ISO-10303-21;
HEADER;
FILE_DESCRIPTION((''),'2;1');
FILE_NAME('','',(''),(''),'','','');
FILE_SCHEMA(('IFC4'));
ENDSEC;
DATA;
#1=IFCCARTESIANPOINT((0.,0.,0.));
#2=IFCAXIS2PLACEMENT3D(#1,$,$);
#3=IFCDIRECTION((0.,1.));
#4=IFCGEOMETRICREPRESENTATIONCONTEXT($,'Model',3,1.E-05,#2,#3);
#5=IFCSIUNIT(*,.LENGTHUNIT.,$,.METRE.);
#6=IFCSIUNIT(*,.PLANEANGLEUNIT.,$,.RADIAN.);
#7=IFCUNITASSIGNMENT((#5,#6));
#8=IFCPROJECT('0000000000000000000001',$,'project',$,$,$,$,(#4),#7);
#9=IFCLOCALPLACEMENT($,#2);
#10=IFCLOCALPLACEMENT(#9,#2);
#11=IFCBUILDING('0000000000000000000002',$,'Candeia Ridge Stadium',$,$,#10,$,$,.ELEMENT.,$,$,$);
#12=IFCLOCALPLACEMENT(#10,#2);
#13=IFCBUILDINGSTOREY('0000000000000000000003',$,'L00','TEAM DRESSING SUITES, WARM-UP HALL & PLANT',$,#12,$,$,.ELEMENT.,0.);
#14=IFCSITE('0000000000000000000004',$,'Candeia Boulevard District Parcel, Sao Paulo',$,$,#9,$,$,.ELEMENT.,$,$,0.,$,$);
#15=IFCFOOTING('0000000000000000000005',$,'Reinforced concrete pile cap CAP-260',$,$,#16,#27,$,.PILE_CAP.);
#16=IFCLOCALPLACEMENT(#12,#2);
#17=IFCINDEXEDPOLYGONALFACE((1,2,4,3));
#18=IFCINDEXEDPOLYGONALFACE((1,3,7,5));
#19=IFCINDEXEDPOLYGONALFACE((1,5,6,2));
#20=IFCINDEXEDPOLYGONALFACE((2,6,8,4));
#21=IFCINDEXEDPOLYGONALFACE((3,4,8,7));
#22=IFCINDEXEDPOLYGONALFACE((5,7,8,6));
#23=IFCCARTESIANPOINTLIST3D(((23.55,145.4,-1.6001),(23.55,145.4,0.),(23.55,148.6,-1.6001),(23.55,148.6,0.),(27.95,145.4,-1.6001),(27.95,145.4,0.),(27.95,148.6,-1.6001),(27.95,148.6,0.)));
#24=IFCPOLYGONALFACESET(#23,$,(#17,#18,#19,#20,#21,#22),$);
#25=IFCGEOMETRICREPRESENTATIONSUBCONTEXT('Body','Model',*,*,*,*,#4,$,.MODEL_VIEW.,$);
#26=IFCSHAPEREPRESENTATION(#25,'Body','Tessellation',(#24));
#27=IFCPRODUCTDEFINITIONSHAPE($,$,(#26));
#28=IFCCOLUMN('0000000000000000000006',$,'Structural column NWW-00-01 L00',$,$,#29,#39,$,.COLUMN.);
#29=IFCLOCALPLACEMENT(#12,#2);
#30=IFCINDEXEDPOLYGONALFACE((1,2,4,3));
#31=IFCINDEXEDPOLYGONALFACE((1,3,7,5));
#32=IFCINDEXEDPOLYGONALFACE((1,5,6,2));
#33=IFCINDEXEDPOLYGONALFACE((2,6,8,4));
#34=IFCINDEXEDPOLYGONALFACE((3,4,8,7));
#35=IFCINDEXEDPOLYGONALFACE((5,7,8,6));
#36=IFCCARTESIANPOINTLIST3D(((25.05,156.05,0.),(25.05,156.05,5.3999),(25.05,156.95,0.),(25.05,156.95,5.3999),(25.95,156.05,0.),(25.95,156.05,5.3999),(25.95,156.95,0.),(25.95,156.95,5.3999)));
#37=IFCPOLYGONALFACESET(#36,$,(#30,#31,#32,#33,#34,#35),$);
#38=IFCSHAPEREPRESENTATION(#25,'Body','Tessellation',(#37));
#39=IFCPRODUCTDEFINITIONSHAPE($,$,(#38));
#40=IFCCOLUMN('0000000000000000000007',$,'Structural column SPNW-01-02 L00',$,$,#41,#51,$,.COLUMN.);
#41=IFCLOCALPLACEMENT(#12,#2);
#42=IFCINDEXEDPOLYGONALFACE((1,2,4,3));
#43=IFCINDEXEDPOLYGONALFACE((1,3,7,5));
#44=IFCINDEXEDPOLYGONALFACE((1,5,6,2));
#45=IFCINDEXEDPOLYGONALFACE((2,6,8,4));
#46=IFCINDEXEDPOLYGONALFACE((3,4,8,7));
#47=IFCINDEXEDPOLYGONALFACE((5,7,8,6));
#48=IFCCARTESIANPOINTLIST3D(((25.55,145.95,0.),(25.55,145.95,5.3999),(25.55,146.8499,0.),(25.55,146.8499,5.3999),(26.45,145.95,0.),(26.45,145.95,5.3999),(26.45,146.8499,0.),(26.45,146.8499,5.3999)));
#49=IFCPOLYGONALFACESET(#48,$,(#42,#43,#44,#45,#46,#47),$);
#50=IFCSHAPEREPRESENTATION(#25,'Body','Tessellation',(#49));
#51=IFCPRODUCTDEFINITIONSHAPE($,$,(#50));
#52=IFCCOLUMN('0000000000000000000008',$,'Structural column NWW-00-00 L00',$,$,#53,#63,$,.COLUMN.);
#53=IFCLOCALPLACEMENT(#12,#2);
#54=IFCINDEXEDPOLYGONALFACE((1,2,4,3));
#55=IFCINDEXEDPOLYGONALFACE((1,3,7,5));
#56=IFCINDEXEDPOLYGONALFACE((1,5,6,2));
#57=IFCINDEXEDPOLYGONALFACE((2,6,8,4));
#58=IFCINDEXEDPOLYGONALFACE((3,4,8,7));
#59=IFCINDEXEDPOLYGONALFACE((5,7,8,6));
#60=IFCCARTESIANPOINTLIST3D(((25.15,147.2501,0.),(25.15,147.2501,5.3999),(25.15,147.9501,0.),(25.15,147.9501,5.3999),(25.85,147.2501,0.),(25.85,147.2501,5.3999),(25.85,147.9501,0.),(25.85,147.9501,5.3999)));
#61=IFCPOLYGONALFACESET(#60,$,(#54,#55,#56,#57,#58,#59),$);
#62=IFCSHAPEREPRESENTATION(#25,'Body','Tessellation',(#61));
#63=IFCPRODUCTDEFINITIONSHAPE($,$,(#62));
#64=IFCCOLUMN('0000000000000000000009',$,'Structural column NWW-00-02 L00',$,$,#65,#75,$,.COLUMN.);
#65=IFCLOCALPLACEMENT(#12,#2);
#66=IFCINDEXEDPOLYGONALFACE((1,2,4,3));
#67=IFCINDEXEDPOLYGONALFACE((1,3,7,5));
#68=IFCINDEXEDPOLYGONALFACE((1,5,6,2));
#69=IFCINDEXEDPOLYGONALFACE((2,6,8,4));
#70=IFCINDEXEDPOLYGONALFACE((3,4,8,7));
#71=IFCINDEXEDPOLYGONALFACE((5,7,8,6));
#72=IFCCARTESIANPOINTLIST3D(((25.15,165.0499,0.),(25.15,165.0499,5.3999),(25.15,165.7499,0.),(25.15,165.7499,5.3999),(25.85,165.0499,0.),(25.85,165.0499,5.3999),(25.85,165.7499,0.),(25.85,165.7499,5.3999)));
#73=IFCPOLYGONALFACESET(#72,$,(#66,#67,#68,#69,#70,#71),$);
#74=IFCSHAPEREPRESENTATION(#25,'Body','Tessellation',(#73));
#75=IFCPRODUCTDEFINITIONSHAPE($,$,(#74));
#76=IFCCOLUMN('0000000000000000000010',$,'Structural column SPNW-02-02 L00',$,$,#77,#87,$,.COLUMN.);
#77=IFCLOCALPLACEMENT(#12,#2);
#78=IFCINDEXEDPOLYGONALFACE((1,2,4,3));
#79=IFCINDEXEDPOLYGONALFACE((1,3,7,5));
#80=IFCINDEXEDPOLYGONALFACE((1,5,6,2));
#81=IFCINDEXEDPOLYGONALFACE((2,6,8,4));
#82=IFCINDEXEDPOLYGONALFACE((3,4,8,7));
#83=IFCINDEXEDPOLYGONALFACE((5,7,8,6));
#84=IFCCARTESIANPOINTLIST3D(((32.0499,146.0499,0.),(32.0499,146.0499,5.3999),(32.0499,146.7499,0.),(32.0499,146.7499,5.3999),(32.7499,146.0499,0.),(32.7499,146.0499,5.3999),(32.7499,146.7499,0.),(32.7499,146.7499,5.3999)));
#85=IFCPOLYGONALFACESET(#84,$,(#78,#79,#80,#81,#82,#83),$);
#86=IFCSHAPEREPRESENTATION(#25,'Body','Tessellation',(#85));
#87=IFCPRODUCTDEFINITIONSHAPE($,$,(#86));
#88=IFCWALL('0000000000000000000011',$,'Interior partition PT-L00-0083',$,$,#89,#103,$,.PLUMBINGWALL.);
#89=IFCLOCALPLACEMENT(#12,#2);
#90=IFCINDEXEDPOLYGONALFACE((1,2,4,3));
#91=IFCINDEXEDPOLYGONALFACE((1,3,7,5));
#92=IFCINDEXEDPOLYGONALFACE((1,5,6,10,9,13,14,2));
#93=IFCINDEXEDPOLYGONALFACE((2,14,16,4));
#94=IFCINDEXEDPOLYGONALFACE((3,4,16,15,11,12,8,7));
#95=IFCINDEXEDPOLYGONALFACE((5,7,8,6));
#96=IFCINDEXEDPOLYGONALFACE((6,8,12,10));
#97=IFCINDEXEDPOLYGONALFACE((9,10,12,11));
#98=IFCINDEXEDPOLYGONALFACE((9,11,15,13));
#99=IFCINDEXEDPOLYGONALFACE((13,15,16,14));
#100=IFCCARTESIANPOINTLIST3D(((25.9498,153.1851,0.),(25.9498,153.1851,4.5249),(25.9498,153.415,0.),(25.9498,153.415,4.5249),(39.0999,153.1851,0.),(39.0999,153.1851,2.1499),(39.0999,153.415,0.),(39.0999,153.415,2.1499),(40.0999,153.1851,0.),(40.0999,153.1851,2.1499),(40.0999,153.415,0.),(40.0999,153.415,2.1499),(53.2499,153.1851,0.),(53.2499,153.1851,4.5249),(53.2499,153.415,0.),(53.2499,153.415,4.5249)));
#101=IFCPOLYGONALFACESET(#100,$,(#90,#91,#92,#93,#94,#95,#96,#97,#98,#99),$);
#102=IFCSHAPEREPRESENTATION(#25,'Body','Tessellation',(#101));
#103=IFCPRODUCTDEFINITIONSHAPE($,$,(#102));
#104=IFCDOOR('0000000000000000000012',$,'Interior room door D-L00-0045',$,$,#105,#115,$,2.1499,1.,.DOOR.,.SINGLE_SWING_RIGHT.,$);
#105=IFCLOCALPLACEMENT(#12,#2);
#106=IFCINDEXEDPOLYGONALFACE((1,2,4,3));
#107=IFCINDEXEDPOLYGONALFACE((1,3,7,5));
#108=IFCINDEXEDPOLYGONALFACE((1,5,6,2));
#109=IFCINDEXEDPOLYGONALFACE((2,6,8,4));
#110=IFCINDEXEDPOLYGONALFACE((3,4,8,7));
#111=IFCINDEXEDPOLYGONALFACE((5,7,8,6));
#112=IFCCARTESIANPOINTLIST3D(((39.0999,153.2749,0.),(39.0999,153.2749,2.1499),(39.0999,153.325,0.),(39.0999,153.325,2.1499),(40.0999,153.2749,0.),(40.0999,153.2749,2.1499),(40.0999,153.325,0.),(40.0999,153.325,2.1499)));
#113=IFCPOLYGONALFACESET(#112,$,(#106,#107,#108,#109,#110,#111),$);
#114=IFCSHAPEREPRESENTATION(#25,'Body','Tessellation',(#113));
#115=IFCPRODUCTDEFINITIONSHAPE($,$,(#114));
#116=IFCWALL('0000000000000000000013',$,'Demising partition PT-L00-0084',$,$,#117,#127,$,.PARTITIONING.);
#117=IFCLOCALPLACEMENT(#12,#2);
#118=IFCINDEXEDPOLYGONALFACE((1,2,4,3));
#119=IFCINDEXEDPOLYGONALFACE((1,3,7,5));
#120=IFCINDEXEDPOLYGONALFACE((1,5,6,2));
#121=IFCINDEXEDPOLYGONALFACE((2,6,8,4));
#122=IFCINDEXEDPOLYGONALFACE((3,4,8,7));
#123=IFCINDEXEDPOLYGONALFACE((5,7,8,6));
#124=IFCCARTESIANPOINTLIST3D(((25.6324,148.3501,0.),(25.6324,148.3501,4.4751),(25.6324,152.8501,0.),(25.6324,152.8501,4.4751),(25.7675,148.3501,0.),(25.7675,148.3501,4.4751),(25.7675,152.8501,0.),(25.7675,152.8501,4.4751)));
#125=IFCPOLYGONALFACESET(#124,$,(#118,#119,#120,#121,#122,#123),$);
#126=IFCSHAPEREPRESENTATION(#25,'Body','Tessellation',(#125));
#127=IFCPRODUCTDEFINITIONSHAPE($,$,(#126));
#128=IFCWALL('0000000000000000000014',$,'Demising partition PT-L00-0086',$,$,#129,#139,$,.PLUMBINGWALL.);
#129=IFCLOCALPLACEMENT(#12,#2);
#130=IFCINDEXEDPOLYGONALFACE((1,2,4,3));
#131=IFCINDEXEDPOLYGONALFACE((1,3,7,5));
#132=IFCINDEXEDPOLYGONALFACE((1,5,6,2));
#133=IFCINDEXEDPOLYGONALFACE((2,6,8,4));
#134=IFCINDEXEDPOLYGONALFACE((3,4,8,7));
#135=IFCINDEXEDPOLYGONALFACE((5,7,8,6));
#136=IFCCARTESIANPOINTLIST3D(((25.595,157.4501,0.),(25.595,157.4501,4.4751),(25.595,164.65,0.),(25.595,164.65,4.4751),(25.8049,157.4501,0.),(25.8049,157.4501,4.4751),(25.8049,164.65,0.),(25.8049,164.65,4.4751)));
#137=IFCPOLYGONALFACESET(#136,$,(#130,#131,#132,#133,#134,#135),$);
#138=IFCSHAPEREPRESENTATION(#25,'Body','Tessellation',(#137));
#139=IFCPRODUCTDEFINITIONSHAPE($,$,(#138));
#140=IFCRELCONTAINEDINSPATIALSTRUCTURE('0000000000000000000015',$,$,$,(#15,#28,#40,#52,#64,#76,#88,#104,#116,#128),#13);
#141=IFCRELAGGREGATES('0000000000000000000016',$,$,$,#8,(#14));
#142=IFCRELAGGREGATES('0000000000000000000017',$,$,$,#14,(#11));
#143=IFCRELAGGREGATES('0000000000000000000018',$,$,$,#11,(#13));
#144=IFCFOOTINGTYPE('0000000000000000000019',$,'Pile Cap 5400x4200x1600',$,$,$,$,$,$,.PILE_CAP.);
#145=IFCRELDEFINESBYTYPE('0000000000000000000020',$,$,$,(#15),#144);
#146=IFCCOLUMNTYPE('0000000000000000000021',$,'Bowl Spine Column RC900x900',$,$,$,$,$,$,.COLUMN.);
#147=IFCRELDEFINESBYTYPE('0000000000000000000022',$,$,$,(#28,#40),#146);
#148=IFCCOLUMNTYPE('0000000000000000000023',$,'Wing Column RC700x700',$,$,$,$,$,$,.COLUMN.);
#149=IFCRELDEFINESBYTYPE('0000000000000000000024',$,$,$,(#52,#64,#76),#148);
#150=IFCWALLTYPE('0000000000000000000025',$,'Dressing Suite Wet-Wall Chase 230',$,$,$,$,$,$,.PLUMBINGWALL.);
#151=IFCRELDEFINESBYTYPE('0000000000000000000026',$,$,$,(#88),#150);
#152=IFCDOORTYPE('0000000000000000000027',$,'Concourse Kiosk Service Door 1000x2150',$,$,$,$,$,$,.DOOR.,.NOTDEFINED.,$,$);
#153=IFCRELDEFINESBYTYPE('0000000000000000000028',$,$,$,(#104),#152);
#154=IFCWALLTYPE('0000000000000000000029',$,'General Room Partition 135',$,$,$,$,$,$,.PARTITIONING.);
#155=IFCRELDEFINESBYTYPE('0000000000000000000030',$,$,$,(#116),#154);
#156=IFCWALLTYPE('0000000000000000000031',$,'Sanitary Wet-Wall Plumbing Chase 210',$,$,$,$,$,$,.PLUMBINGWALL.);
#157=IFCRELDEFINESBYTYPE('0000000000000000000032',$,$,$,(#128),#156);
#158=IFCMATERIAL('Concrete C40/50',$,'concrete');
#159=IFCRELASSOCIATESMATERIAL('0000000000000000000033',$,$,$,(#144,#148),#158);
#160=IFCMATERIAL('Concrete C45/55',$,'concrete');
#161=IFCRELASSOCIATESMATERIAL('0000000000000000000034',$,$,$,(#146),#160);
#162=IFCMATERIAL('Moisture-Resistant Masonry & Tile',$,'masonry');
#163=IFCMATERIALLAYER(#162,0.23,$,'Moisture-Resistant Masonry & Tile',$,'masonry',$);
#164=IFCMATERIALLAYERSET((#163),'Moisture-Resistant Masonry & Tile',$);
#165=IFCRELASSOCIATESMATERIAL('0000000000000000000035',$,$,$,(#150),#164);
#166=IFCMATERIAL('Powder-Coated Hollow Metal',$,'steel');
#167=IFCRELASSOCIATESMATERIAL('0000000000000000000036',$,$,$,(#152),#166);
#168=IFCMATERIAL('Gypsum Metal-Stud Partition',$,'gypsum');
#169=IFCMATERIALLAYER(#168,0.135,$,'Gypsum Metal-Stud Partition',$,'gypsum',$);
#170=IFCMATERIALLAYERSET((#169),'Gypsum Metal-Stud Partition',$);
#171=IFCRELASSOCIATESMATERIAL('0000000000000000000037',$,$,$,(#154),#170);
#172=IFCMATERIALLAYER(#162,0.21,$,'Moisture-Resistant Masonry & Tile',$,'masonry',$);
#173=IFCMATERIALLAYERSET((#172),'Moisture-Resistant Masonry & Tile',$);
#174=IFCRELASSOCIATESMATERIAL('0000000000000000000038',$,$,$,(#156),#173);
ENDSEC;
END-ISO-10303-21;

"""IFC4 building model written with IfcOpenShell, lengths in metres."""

from ifc_helpers import new_model, si_unit, direction, frame, frame_2d, origin, origin_2d, place, context, subcontext, project, spatial, rectangle, extrude, material, layer, layer_set, material_profile, profile_set, type_object, element, fill, save


model = new_model("IFC4")

# Units and contexts
model_context = context("Model", 3, precision=1e-05, world=origin(), true_north=direction((0.0, 1.0)))
body_context = subcontext(model_context, "Body", "Model", "MODEL_VIEW")
ifc_project = project(units=[si_unit("LENGTHUNIT", "METRE"), si_unit("PLANEANGLEUNIT", "RADIAN")], contexts=[model_context])

# Site, building, storey
site_placement = place(None, origin())
site = spatial("IfcSite", under=ifc_project, at=site_placement, Name="Candeia Boulevard District Parcel, Sao Paulo", CompositionType="ELEMENT", RefElevation=0.0)
building_placement = place(site_placement, origin())
building = spatial("IfcBuilding", under=site, at=building_placement, Name="Candeia Ridge Stadium", CompositionType="ELEMENT")
storey_placement = place(building_placement, origin())
storey = spatial("IfcBuildingStorey", under=building, at=storey_placement, Name="L00", Description="TEAM DRESSING SUITES, WARM-UP HALL & PLANT", CompositionType="ELEMENT", Elevation=0.0)

# Shared definitions
ifc_material_1 = material(Name="Concrete C40/50", Category="concrete")

# Footing
footing_type_1 = type_object("IfcFootingType", Name="Pile Cap 5400x4200x1600", PredefinedType="PILE_CAP", material=ifc_material_1)
footing_1_placement = place(storey_placement, frame((25.75, 147.0, -1.6001), z_axis=(0.0, 0.0, 1.0), x_axis=(1.0, 0.0, 0.0)))
element("IfcFooting", 1, at=footing_1_placement, inside=storey, type_object=footing_type_1, Name="Reinforced concrete pile cap CAP-260", PredefinedType="PILE_CAP", context=body_context, shape_type="SweptSolid", body=[
    extrude(rectangle(XDim=4.3999, YDim=3.2, at=origin_2d()), origin(), (0.0, 0.0, 1.0), 1.6001),
])

# Columns
ifc_material_2 = material(Name="Concrete C45/55", Category="concrete")
ifc_material_profile_1 = material_profile(ifc_material_2, rectangle(XDim=0.8999, YDim=0.8999, at=origin_2d()), Name="RC900x900", Category="concrete")
ifc_profile_set_1 = profile_set([ifc_material_profile_1], Name="Concrete C45/55")
column_type_1 = type_object("IfcColumnType", Name="Bowl Spine Column RC900x900", PredefinedType="COLUMN", material=ifc_profile_set_1)
for number, where, z_axis, x_axis, name in (
    (2, (25.5, 156.5, 0.0), (0.0, 0.0, 1.0), (1.0, 0.0, 0.0), "Structural column NWW-00-01 L00"),
    (3, (26.0, 146.3999, 0.0), (0.0, 0.0, 1.0), (1.0, 0.0, 0.0), "Structural column SPNW-01-02 L00"),
):
    element("IfcColumn", number, at=place(storey_placement, frame(where, z_axis=z_axis, x_axis=x_axis)), inside=storey, type_object=column_type_1, Name=name, PredefinedType="COLUMN", context=body_context, shape_type="SweptSolid", body=[
        extrude(rectangle(XDim=0.8999, YDim=0.8999, at=origin_2d()), origin(), (0.0, 0.0, 1.0), 5.3999),
    ])
ifc_material_profile_2 = material_profile(ifc_material_1, rectangle(XDim=0.7, YDim=0.7, at=origin_2d()), Name="RC700x700", Category="concrete")
ifc_profile_set_2 = profile_set([ifc_material_profile_2], Name="Concrete C40/50")
column_type_2 = type_object("IfcColumnType", Name="Wing Column RC700x700", PredefinedType="COLUMN", material=ifc_profile_set_2)
for number, where, z_axis, x_axis, name in (
    (4, (25.5, 147.6001, 0.0), (0.0, 0.0, 1.0), (1.0, 0.0, 0.0), "Structural column NWW-00-00 L00"),
    (5, (25.5, 165.3999, 0.0), (0.0, 0.0, 1.0), (1.0, 0.0, 0.0), "Structural column NWW-00-02 L00"),
    (6, (32.3999, 146.3999, 0.0), (0.0, 0.0, 1.0), (1.0, 0.0, 0.0), "Structural column SPNW-02-02 L00"),
):
    element("IfcColumn", number, at=place(storey_placement, frame(where, z_axis=z_axis, x_axis=x_axis)), inside=storey, type_object=column_type_2, Name=name, PredefinedType="COLUMN", context=body_context, shape_type="SweptSolid", body=[
        extrude(rectangle(XDim=0.7, YDim=0.7, at=origin_2d()), origin(), (0.0, 0.0, 1.0), 5.3999),
    ])

# Wall, opening, door
ifc_material_3 = material(Name="Moisture-Resistant Masonry & Tile", Category="masonry")
ifc_layer_1 = layer(ifc_material_3, 0.23, Name="Moisture-Resistant Masonry & Tile", Category="masonry")
ifc_layer_set_1 = layer_set([ifc_layer_1], Name="Moisture-Resistant Masonry & Tile")
wall_type_1 = type_object("IfcWallType", Name="Dressing Suite Wet-Wall Chase 230", PredefinedType="PLUMBINGWALL", material=ifc_layer_set_1)
wall_1_placement = place(storey_placement, frame((25.95, 153.3, 0.0), z_axis=(0.0, 0.0, 1.0), x_axis=(1.0, 0.0, 0.0)))
wall_1 = element("IfcWall", 7, at=wall_1_placement, inside=storey, type_object=wall_type_1, Name="Interior partition PT-L00-0083", PredefinedType="PLUMBINGWALL", context=body_context, shape_type="SweptSolid", body=[
    extrude(rectangle(XDim=27.3, YDim=0.23, at=frame_2d((13.6499, 0.0))), origin(), (0.0, 0.0, 1.0), 4.5249),
])
opening_1_placement = place(wall_1_placement, frame((13.1499, 0.0, 0.0)))
opening_1 = element("IfcOpeningElement", 8, at=opening_1_placement, cuts=wall_1, PredefinedType="OPENING", context=body_context, shape_type="SweptSolid", body=[
    extrude(rectangle(XDim=1.0, YDim=2.1499, at=frame_2d((0.5, 1.075))), frame((0.0, 0.125, 0.0), z_axis=(0.0, -1.0, 0.0), x_axis=(1.0, 0.0, 0.0)), (0.0, 0.0, 1.0), 0.25),
])
ifc_material_4 = material(Name="Powder-Coated Hollow Metal", Category="steel")
door_type_1 = type_object("IfcDoorType", Name="Concourse Kiosk Service Door 1000x2150", OperationType="NOTDEFINED", PredefinedType="DOOR", material=ifc_material_4)
door_1_placement = place(opening_1_placement, origin())
door_1 = element("IfcDoor", 9, at=door_1_placement, inside=storey, type_object=door_type_1, Name="Interior room door D-L00-0045", OperationType="SINGLE_SWING_RIGHT", OverallHeight=2.1499, OverallWidth=1.0, PredefinedType="DOOR", context=body_context, shape_type="SweptSolid", body=[
    extrude(rectangle(XDim=1.0, YDim=2.1499, at=frame_2d((0.5, 1.075))), frame((0.0, 0.0249, 0.0), z_axis=(0.0, -1.0, 0.0), x_axis=(1.0, 0.0, 0.0)), (0.0, 0.0, 1.0), 0.05),
])
fill(opening_1, door_1)

# Walls
ifc_material_5 = material(Name="Gypsum Metal-Stud Partition", Category="gypsum")
ifc_layer_2 = layer(ifc_material_5, 0.135, Name="Gypsum Metal-Stud Partition", Category="gypsum")
ifc_layer_set_2 = layer_set([ifc_layer_2], Name="Gypsum Metal-Stud Partition")
wall_type_2 = type_object("IfcWallType", Name="General Room Partition 135", PredefinedType="PARTITIONING", material=ifc_layer_set_2)
wall_2_placement = place(storey_placement, frame((25.7, 148.3501, 0.0), z_axis=(0.0, 0.0, 1.0), x_axis=(0.0, 1.0, 0.0)))
element("IfcWall", 10, at=wall_2_placement, inside=storey, type_object=wall_type_2, Name="Demising partition PT-L00-0084", PredefinedType="PARTITIONING", context=body_context, shape_type="SweptSolid", body=[
    extrude(rectangle(XDim=4.5, YDim=0.135, at=frame_2d((2.25, 0.0))), origin(), (0.0, 0.0, 1.0), 4.4751),
])
ifc_layer_3 = layer(ifc_material_3, 0.21, Name="Moisture-Resistant Masonry & Tile", Category="masonry")
ifc_layer_set_3 = layer_set([ifc_layer_3], Name="Moisture-Resistant Masonry & Tile")
wall_type_3 = type_object("IfcWallType", Name="Sanitary Wet-Wall Plumbing Chase 210", PredefinedType="PLUMBINGWALL", material=ifc_layer_set_3)
wall_3_placement = place(storey_placement, frame((25.7, 157.45, 0.0), z_axis=(0.0, 0.0, 1.0), x_axis=(0.0, 1.0, 0.0)))
element("IfcWall", 11, at=wall_3_placement, inside=storey, type_object=wall_type_3, Name="Demising partition PT-L00-0086", PredefinedType="PLUMBINGWALL", context=body_context, shape_type="SweptSolid", body=[
    extrude(rectangle(XDim=7.2, YDim=0.21, at=frame_2d((3.6001, 0.0))), origin(), (0.0, 0.0, 1.0), 4.4751),
])

save(model, "model.ifc")
